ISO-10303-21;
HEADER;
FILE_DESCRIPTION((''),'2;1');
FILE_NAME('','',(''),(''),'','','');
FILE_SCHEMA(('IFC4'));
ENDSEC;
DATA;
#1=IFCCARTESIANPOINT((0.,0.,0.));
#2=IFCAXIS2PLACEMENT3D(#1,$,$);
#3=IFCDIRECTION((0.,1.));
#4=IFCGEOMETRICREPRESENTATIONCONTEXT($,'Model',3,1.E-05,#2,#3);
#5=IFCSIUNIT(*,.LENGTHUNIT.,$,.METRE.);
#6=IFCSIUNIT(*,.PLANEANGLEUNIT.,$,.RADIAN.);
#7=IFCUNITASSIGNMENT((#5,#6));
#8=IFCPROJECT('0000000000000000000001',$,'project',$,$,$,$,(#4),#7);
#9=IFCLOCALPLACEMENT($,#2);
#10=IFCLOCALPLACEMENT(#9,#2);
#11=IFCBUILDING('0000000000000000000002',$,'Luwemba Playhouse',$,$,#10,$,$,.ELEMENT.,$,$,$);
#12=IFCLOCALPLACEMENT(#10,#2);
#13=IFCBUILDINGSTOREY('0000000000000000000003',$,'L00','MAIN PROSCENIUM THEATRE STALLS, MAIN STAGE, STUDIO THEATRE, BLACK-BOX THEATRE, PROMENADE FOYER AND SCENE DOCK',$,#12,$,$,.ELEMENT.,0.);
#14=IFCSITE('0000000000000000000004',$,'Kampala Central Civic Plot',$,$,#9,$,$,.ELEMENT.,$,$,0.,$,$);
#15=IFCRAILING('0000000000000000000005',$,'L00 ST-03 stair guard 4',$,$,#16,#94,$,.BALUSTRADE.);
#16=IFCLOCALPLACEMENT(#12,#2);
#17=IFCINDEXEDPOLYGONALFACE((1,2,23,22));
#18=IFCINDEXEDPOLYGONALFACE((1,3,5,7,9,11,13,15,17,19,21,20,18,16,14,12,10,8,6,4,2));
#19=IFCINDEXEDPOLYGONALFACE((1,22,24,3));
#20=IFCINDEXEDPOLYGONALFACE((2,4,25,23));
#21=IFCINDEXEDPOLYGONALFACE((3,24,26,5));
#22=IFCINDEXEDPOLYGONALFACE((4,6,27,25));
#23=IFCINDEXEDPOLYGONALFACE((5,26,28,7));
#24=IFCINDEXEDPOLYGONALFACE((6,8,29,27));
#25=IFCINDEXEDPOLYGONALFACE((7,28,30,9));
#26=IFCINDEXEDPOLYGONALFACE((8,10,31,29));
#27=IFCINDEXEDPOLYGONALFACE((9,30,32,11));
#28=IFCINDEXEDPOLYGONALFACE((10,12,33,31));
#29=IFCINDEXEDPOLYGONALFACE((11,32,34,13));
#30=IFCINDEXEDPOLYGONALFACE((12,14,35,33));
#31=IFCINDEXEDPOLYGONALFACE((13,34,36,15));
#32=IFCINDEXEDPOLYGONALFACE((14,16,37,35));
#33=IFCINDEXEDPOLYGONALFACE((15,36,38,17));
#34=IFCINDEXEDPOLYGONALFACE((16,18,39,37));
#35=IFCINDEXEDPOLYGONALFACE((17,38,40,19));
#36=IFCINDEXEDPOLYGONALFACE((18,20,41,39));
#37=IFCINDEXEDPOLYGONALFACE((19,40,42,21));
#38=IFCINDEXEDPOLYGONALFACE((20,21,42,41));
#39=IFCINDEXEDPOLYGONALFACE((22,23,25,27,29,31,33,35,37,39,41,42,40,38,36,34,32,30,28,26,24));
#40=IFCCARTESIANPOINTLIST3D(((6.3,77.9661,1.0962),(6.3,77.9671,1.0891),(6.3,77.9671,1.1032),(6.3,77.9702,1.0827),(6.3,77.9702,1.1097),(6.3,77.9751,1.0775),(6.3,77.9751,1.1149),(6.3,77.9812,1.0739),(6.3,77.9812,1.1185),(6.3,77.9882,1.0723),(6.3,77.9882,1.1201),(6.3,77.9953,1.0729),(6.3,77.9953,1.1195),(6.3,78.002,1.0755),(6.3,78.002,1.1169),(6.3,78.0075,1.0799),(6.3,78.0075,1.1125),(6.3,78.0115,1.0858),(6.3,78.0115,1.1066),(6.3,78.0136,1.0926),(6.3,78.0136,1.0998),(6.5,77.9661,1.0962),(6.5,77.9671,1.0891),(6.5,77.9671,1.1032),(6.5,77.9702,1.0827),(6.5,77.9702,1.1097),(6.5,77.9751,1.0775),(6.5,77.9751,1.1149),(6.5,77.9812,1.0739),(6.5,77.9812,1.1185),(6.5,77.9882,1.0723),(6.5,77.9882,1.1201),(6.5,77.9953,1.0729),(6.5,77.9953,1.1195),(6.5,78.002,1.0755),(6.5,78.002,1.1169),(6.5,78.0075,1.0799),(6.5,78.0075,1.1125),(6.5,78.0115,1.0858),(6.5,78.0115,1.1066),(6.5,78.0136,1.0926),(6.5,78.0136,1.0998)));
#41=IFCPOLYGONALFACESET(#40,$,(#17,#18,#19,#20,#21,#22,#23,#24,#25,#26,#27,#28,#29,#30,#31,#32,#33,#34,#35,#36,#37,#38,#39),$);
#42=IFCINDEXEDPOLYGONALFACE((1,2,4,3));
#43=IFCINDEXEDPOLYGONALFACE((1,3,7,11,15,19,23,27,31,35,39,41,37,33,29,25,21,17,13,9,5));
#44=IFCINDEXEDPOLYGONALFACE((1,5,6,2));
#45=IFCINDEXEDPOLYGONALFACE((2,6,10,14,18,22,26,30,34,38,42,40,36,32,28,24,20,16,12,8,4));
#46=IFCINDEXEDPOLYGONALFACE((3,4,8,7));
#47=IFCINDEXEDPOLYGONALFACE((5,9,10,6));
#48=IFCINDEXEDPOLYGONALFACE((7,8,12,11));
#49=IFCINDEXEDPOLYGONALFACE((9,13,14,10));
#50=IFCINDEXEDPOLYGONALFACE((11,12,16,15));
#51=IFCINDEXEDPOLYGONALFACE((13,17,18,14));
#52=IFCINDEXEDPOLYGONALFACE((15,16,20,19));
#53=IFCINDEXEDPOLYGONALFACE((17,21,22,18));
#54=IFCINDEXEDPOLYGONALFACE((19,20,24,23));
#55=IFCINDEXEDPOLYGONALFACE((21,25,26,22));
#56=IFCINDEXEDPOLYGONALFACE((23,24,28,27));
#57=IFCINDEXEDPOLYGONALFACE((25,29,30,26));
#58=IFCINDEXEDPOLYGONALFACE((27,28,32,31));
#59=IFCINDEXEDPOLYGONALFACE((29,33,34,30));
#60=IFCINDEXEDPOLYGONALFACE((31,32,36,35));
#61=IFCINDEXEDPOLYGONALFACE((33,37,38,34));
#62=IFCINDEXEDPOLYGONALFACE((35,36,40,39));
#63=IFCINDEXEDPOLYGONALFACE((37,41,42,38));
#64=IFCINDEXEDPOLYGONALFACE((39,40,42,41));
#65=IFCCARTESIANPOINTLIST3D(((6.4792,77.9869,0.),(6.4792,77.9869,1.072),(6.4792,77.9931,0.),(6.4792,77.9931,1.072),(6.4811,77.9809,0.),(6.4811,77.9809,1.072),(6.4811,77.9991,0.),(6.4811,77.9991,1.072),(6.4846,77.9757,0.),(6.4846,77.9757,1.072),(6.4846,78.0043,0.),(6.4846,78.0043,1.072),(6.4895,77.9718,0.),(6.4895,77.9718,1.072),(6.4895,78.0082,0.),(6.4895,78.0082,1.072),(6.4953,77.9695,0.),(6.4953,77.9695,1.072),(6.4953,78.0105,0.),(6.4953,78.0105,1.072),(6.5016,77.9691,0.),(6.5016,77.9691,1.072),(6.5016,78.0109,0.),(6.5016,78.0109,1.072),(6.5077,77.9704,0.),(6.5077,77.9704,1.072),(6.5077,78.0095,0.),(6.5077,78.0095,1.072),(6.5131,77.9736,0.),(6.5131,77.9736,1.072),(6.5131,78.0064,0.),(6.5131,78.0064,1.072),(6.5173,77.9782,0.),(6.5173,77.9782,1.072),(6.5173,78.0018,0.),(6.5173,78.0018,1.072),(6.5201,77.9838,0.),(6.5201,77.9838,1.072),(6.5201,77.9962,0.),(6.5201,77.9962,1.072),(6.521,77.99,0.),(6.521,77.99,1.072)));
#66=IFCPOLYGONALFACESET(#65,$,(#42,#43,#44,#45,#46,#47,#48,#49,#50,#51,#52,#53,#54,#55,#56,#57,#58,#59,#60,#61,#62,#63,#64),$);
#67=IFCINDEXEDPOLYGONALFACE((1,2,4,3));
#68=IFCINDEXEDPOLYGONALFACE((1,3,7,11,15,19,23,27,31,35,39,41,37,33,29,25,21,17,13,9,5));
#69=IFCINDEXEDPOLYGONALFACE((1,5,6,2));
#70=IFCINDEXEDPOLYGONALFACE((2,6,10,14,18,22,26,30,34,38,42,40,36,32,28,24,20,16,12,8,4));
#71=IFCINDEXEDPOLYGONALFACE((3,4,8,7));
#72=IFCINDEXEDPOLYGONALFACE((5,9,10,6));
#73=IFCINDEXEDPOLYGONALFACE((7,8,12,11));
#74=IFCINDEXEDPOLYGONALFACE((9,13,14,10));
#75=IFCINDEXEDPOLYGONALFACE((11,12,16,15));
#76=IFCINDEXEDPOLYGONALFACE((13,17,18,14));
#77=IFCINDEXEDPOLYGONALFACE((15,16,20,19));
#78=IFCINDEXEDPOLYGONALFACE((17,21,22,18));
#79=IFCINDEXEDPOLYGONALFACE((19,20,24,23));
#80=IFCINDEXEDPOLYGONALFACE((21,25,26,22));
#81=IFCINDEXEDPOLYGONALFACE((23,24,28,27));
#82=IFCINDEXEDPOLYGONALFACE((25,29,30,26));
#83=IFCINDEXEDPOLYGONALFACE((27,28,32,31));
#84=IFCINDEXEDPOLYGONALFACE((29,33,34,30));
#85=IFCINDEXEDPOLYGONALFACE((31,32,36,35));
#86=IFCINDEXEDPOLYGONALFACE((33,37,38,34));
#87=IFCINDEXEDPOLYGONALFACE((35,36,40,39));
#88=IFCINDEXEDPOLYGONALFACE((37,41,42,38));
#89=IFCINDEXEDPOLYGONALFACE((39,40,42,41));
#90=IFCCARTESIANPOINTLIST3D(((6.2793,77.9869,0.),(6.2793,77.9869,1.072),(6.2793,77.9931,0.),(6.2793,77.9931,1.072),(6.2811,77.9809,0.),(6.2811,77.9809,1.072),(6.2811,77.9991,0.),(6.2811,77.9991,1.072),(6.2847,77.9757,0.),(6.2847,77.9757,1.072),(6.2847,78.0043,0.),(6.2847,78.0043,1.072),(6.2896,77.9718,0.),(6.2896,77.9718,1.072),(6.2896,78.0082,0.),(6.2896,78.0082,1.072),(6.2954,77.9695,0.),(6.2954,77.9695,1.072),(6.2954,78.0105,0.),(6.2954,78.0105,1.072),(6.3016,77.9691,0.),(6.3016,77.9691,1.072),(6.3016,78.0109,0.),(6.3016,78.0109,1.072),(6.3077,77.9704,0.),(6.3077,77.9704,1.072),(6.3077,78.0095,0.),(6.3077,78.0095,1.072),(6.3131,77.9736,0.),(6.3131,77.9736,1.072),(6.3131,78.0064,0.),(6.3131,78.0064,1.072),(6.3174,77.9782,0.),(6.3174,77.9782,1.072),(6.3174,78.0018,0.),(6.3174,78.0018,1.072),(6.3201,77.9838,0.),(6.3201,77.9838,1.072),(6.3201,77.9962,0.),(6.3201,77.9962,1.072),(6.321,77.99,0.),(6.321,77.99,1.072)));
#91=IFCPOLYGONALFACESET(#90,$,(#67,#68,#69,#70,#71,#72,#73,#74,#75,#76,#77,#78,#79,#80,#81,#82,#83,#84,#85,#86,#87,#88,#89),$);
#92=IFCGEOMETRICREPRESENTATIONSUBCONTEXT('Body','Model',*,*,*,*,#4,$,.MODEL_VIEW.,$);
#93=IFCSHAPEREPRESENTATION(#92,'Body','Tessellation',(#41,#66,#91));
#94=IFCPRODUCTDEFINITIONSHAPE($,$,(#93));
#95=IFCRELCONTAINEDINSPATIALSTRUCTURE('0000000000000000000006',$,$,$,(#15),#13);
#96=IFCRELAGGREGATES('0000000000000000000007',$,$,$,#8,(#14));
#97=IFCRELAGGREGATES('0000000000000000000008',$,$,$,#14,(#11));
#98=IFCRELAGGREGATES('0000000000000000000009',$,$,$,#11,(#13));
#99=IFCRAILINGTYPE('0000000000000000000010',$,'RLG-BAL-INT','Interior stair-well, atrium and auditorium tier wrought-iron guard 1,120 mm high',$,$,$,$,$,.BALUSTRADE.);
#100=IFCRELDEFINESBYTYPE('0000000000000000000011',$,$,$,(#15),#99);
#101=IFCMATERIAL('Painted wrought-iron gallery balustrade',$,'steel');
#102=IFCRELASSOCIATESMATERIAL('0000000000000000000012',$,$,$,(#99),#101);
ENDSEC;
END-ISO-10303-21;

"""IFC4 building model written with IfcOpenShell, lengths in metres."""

from ifc_helpers import new_model, si_unit, direction, frame, origin, origin_2d, place, context, subcontext, project, spatial, circle, extrude, material, type_object, element, save


model = new_model("IFC4")

# Units and contexts
model_context = context("Model", 3, precision=1e-05, world=origin(), true_north=direction((0.0, 1.0)))
body_context = subcontext(model_context, "Body", "Model", "MODEL_VIEW")
ifc_project = project(units=[si_unit("LENGTHUNIT", "METRE"), si_unit("PLANEANGLEUNIT", "RADIAN")], contexts=[model_context])

# Site, building, storey
site_placement = place(None, origin())
site = spatial("IfcSite", under=ifc_project, at=site_placement, Name="Kampala Central Civic Plot", CompositionType="ELEMENT", RefElevation=0.0)
building_placement = place(site_placement, origin())
building = spatial("IfcBuilding", under=site, at=building_placement, Name="Luwemba Playhouse", CompositionType="ELEMENT")
storey_placement = place(building_placement, origin())
storey = spatial("IfcBuildingStorey", under=building, at=storey_placement, Name="L00", Description="MAIN PROSCENIUM THEATRE STALLS, MAIN STAGE, STUDIO THEATRE, BLACK-BOX THEATRE, PROMENADE FOYER AND SCENE DOCK", CompositionType="ELEMENT", Elevation=0.0)

# Railing
ifc_material_1 = material(Name="Painted wrought-iron gallery balustrade", Category="steel")
railing_type_1 = type_object("IfcRailingType", Name="RLG-BAL-INT", Description="Interior stair-well, atrium and auditorium tier wrought-iron guard 1,120 mm high", PredefinedType="BALUSTRADE", material=ifc_material_1)
railing_1_placement = place(storey_placement, frame((6.5, 77.99, 0.0)))
element("IfcRailing", 1, at=railing_1_placement, inside=storey, type_object=railing_type_1, Name="L00 ST-03 stair guard 4", PredefinedType="BALUSTRADE", context=body_context, shape_type="SweptSolid", body=[
    extrude(circle(Radius=0.0239, at=origin_2d()), frame((0.0, 0.0, 1.0962), z_axis=(-1.0, 0.0, 0.0), x_axis=(0.0, -1.0, 0.0)), (0.0, 0.0, 1.0), 0.2),
    extrude(circle(Radius=0.021, at=origin_2d()), origin(), (0.0, 0.0, 1.0), 1.072),
    extrude(circle(Radius=0.021, at=origin_2d()), frame((-0.2, 0.0, 0.0)), (0.0, 0.0, 1.0), 1.072),
])

save(model, "model.ifc")
